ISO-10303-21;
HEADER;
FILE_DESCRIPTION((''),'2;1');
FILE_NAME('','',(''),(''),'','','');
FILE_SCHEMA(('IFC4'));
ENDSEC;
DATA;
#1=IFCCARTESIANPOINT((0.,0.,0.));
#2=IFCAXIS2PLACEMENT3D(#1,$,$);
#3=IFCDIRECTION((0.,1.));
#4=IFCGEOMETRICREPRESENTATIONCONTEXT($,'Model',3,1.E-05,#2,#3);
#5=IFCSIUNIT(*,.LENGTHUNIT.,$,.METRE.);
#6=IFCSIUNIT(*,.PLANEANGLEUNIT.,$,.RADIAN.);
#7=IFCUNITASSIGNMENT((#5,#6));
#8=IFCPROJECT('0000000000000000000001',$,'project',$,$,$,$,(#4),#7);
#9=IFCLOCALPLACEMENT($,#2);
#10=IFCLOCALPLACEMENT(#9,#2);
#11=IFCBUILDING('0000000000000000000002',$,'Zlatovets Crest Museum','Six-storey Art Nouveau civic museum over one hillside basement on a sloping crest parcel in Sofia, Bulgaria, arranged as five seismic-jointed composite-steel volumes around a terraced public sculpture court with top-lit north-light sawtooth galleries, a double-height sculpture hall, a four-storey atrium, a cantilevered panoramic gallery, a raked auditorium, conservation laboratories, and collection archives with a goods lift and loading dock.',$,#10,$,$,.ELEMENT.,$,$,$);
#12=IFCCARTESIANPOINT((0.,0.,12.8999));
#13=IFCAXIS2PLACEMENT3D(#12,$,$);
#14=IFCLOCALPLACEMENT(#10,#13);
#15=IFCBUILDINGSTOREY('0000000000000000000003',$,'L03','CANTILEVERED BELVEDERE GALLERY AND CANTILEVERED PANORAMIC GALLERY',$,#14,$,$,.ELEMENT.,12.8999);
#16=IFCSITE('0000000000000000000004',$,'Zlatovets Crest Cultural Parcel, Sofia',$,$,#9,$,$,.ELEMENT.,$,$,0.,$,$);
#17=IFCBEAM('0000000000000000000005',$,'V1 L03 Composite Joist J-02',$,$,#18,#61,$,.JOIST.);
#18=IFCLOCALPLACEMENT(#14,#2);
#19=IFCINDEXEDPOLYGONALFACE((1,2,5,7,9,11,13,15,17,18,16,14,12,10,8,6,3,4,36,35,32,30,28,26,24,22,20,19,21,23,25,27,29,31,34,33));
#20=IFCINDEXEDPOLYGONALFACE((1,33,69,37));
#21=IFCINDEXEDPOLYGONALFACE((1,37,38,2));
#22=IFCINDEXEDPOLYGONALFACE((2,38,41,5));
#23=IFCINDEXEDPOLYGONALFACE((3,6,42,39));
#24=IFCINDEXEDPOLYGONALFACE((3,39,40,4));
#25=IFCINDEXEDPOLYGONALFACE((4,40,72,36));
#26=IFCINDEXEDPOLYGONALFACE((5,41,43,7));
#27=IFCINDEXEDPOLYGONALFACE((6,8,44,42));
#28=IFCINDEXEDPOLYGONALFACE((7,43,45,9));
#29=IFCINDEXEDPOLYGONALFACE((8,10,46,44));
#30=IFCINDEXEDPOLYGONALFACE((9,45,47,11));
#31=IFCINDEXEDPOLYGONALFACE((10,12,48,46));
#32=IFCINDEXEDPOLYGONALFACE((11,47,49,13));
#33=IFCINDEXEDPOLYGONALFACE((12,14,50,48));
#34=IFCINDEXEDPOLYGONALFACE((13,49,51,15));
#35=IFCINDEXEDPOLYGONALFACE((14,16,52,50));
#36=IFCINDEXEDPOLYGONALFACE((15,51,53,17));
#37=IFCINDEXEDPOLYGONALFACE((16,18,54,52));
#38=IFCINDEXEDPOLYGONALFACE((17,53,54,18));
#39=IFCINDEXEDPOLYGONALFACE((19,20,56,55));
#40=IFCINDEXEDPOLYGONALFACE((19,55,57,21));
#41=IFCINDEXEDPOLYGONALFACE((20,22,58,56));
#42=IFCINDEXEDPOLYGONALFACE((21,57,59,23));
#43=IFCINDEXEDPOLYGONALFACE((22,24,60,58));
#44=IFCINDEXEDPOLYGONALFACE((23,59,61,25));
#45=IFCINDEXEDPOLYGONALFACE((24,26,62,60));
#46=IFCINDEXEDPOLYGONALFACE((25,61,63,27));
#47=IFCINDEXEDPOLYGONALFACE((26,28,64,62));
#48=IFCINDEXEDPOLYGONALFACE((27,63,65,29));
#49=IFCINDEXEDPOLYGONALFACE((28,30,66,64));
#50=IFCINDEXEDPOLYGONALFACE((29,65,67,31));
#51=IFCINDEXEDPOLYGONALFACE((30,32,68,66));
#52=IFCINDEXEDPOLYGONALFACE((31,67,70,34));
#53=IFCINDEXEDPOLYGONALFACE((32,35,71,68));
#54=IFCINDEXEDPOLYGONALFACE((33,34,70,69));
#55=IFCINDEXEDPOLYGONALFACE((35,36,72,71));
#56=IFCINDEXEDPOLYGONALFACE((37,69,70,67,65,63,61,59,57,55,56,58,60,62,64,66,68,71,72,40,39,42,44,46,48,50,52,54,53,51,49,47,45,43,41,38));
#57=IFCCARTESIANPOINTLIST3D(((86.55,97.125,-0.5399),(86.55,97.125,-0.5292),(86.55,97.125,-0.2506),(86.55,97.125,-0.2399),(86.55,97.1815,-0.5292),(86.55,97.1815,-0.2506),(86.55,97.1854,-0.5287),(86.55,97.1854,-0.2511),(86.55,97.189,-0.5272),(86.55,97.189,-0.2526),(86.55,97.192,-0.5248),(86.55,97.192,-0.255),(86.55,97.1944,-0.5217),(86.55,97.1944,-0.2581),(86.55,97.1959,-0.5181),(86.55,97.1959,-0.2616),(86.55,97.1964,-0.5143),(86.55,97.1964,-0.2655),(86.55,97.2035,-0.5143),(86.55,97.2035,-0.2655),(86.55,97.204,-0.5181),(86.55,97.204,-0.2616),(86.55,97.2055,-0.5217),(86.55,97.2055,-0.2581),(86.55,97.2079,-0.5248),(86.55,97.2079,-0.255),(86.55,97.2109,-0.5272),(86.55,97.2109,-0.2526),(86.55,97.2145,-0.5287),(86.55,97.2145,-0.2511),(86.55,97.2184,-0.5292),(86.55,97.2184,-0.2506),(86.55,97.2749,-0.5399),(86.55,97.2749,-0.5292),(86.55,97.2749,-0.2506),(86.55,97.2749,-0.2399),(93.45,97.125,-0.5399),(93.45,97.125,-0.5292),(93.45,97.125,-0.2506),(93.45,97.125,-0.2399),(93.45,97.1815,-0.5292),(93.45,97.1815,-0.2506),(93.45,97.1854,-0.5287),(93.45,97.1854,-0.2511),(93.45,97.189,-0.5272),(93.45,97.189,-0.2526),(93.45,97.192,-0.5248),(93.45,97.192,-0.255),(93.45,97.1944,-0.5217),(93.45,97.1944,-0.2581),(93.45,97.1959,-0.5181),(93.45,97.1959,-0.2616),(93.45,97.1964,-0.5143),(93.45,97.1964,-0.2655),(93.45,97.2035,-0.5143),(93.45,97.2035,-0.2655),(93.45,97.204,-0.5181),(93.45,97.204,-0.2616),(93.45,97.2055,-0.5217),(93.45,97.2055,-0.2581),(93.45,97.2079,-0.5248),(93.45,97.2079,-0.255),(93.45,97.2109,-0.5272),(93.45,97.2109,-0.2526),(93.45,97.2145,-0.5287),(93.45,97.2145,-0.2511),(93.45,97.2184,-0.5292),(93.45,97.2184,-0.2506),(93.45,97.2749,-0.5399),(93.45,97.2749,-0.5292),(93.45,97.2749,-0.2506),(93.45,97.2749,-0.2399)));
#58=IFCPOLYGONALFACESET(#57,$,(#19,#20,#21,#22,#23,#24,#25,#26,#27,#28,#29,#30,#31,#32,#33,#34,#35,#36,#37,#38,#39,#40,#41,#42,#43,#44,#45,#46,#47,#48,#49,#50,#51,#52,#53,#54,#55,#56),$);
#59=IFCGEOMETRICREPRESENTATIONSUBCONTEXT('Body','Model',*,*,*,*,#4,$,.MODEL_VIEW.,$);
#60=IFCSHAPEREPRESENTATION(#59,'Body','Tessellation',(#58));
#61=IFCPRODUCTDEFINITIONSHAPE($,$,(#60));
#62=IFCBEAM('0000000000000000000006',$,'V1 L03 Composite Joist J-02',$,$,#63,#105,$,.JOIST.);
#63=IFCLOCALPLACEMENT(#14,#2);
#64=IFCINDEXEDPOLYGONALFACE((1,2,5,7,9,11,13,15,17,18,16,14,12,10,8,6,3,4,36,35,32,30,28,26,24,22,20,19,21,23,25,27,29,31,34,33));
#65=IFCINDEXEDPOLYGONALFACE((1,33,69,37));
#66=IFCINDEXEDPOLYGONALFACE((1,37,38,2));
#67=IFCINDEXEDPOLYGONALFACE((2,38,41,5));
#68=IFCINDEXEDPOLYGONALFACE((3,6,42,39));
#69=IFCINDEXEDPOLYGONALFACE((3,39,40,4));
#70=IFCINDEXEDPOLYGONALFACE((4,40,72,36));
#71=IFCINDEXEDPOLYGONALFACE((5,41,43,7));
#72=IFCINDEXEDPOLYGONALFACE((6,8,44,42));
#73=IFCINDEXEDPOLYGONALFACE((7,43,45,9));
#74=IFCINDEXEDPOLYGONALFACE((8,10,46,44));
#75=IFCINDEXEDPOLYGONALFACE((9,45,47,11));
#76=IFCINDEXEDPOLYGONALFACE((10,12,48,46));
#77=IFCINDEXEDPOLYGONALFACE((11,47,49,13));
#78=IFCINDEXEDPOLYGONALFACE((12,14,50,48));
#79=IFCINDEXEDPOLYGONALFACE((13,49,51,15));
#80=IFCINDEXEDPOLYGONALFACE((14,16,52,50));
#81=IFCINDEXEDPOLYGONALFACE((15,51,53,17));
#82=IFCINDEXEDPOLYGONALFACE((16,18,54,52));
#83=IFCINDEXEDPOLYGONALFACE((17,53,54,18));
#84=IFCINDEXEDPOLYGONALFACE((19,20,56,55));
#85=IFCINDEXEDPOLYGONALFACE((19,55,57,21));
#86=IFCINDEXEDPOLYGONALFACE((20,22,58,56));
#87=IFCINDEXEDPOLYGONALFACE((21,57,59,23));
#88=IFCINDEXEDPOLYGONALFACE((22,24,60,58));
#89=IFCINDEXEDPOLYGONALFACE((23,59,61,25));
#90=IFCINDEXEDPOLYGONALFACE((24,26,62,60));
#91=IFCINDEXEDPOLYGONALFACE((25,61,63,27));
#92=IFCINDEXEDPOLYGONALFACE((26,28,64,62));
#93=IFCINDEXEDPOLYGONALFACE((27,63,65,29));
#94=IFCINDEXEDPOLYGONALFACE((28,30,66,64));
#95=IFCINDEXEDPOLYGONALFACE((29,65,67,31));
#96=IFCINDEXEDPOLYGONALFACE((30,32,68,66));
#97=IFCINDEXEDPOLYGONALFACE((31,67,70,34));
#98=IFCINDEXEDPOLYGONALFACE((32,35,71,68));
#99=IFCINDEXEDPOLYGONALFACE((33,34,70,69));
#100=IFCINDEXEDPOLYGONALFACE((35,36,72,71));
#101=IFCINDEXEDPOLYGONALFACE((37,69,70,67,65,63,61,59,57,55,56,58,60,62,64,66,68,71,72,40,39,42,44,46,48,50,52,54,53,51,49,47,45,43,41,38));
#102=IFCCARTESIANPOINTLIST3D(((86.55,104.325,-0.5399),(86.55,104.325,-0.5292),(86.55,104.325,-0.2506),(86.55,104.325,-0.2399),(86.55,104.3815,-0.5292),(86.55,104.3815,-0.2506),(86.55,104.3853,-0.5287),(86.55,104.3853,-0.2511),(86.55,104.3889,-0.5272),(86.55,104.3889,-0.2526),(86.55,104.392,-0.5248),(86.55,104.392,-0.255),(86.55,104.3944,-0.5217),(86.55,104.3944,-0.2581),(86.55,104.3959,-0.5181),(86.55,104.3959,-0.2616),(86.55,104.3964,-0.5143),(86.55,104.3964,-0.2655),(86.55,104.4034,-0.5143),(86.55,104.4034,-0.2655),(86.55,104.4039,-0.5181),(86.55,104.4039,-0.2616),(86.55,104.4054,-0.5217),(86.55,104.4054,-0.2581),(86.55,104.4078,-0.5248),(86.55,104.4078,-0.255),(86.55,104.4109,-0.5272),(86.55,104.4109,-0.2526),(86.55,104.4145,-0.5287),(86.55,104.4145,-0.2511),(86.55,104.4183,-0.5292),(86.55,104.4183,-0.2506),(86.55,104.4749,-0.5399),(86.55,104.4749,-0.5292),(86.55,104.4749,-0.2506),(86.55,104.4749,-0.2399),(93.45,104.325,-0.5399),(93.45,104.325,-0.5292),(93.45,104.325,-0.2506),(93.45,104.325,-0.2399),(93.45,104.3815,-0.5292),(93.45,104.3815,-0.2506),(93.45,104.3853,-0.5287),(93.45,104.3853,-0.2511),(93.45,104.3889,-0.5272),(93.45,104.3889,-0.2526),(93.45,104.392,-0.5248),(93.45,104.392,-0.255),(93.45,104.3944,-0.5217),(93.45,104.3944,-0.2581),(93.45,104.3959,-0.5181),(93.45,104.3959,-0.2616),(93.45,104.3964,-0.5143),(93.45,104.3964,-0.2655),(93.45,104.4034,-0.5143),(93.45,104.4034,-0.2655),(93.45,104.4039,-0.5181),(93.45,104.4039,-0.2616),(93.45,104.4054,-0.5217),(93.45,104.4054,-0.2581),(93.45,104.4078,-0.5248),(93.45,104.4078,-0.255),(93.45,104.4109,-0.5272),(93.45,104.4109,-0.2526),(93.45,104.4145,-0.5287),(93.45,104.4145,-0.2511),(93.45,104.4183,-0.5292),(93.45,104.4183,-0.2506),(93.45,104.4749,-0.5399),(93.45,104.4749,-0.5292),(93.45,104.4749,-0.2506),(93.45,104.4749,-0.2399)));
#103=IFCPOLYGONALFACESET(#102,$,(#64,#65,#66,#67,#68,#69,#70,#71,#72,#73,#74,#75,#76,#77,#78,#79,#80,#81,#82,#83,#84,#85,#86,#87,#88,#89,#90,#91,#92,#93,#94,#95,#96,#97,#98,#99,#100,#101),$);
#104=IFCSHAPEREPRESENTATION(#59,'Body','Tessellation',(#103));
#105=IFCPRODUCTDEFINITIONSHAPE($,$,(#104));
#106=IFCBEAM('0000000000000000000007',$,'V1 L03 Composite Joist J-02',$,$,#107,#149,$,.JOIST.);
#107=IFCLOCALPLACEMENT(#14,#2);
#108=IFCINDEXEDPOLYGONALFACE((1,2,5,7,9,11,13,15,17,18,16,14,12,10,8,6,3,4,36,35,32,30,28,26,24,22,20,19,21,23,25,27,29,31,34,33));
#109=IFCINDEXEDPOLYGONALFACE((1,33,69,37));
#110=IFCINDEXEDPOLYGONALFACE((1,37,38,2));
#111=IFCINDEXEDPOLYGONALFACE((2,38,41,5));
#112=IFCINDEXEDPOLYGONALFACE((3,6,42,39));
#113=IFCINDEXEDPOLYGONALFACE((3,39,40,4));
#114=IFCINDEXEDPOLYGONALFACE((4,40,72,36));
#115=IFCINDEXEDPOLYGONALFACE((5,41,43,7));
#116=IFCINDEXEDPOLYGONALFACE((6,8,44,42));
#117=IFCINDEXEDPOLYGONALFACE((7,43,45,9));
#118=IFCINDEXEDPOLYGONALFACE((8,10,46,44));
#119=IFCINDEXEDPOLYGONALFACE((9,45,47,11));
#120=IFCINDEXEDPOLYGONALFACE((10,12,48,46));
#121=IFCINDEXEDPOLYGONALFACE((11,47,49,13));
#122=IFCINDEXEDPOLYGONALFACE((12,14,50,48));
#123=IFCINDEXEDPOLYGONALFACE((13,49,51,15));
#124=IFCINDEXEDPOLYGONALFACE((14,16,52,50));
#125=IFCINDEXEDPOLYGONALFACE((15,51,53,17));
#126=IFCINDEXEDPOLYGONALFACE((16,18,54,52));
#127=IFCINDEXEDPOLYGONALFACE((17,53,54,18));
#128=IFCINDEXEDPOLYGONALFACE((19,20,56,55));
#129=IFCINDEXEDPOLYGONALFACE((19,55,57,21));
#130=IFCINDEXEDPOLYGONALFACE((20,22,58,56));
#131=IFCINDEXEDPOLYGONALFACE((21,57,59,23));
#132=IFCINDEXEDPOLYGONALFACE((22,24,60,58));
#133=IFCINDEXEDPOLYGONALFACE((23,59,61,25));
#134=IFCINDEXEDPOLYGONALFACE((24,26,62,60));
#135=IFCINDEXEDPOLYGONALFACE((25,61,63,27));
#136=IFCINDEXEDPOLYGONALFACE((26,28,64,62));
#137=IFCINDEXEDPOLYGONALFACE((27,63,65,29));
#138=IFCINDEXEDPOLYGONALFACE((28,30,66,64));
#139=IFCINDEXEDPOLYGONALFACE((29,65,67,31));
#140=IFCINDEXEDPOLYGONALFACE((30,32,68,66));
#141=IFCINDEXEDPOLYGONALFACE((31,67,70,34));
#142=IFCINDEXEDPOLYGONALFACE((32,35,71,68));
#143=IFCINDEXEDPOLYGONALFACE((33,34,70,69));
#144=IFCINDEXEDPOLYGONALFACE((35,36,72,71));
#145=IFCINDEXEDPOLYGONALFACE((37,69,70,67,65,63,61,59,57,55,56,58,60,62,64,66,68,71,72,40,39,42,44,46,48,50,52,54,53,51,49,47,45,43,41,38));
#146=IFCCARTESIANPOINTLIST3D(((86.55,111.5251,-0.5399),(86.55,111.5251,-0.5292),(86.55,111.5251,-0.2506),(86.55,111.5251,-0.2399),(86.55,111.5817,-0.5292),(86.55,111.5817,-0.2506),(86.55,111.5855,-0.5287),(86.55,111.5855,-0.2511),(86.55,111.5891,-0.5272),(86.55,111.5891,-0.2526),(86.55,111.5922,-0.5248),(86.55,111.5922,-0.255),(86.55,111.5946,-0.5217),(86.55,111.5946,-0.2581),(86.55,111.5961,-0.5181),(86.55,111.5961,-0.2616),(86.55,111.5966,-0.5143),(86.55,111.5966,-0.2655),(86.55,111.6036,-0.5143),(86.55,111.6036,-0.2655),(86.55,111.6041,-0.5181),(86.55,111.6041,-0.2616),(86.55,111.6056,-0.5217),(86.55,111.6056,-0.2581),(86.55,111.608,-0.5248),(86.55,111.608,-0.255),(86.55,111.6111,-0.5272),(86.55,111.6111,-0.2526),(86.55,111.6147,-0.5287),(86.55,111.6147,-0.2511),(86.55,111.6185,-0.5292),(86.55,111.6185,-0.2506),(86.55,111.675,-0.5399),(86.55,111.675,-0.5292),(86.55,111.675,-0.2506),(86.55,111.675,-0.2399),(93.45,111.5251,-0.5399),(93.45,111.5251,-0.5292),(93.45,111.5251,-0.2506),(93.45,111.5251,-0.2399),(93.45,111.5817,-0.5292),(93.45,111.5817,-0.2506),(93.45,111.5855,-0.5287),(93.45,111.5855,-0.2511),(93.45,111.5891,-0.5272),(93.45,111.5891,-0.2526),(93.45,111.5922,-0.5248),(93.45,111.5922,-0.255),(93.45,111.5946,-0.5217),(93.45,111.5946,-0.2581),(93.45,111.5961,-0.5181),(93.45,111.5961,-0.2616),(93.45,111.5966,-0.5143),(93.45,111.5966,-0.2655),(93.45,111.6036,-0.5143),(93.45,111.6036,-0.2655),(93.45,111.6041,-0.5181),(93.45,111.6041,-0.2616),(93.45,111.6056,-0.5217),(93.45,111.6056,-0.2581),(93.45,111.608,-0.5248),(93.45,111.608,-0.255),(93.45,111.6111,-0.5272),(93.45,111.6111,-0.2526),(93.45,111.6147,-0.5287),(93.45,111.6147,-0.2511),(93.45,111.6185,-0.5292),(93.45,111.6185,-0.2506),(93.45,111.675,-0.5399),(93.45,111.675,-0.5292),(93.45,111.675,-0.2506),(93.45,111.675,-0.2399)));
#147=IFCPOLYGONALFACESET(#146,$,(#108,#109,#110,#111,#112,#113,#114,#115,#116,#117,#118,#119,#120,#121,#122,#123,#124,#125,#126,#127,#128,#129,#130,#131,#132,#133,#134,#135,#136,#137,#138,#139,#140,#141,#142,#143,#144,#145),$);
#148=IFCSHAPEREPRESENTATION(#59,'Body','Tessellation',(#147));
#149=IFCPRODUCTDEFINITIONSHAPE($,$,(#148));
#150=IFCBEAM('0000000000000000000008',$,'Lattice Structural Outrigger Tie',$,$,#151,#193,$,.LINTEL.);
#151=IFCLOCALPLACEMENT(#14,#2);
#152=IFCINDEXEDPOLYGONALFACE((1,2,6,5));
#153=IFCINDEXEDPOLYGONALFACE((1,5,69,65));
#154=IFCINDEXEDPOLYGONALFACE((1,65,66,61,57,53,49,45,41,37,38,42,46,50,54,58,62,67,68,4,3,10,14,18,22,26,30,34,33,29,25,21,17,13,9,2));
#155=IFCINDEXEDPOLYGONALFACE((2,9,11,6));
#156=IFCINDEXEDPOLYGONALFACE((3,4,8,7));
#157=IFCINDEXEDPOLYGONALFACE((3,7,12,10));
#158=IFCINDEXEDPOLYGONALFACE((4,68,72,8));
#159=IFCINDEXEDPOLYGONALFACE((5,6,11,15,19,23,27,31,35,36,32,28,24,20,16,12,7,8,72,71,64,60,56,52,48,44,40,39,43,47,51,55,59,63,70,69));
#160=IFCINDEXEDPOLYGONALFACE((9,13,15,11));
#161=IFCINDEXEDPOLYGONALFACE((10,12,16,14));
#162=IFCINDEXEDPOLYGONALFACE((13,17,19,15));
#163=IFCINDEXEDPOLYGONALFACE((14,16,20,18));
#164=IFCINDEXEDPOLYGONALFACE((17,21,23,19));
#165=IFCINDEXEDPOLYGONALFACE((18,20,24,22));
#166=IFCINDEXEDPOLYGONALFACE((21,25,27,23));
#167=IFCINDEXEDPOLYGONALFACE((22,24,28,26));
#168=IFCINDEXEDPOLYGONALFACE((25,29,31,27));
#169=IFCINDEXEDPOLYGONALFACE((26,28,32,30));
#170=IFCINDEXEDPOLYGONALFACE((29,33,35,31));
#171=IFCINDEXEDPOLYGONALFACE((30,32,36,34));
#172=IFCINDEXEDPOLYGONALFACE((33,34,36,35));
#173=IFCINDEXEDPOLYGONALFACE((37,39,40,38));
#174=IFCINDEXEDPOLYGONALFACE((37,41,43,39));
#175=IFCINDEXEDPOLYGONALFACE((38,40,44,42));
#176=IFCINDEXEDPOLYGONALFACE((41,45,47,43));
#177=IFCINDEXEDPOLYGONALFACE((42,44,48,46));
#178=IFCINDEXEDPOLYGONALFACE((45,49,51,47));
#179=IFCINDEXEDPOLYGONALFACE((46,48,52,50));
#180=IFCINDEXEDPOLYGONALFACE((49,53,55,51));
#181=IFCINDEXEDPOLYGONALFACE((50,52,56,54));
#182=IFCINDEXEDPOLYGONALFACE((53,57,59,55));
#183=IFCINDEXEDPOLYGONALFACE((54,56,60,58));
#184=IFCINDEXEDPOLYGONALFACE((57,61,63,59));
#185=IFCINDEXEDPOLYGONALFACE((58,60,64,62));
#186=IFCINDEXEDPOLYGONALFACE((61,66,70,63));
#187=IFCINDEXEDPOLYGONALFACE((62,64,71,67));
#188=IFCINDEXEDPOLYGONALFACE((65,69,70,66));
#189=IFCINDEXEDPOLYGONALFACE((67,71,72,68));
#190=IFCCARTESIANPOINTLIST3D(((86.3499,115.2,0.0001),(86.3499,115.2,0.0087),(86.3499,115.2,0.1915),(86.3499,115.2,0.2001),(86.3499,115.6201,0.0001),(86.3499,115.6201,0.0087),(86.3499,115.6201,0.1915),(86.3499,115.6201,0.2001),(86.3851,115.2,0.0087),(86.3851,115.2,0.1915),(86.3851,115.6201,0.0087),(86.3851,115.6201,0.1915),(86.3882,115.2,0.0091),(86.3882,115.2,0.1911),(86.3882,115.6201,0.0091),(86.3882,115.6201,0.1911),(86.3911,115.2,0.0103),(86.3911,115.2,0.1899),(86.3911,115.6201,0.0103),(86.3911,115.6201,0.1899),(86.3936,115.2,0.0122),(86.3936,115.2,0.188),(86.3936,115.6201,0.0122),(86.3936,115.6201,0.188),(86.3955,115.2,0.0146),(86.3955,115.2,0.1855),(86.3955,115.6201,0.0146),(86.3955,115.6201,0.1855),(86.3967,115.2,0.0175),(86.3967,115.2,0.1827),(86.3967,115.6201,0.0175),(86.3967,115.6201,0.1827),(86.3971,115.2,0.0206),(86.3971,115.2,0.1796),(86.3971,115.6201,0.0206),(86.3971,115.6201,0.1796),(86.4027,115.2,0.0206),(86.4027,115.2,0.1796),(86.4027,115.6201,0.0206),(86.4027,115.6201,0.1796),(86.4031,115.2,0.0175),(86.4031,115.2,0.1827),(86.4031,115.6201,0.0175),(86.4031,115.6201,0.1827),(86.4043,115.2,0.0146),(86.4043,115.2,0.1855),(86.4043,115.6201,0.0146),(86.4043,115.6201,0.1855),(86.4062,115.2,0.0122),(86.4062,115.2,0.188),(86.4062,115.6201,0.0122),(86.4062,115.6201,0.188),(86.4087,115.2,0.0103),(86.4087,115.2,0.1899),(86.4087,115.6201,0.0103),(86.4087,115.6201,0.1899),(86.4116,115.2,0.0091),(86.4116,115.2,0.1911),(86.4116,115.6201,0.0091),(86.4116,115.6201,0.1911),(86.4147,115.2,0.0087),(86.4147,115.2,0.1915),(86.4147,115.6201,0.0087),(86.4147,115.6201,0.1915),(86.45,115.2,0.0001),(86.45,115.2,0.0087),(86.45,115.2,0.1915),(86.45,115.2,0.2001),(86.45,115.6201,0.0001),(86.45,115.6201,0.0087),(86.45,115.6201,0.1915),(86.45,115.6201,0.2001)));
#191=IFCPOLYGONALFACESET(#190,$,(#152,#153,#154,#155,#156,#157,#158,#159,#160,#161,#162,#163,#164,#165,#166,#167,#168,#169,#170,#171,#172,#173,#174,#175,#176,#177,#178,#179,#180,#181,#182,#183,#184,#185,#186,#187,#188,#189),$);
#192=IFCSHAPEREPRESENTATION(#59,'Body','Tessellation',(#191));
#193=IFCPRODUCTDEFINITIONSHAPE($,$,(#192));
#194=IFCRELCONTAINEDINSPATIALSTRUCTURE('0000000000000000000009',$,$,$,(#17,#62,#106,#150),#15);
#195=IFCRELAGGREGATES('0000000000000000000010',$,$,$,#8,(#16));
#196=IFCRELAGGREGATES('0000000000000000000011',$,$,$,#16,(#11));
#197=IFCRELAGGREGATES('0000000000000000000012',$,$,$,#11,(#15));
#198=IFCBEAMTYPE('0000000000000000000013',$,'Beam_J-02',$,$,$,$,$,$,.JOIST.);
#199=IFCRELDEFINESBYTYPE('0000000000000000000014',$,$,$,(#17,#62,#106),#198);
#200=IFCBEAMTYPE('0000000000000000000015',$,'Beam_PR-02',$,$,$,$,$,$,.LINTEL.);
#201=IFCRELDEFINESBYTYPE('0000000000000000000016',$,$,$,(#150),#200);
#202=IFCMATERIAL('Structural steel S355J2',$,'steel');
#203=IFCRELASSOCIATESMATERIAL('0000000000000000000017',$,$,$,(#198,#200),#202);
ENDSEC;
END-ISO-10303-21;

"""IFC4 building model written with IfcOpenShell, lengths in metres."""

from ifc_helpers import new_model, si_unit, direction, frame, origin, origin_2d, place, context, subcontext, project, spatial, i_section, extrude, material, material_profile, profile_set, type_object, element, save


model = new_model("IFC4")

# Units and contexts
model_context = context("Model", 3, precision=1e-05, world=origin(), true_north=direction((0.0, 1.0)))
body_context = subcontext(model_context, "Body", "Model", "MODEL_VIEW")
ifc_project = project(units=[si_unit("LENGTHUNIT", "METRE"), si_unit("PLANEANGLEUNIT", "RADIAN")], contexts=[model_context])

# Site, building, storey
site_placement = place(None, origin())
site = spatial("IfcSite", under=ifc_project, at=site_placement, Name="Zlatovets Crest Cultural Parcel, Sofia", CompositionType="ELEMENT", RefElevation=0.0)
building_placement = place(site_placement, origin())
building = spatial("IfcBuilding", under=site, at=building_placement, Name="Zlatovets Crest Museum", Description="Six-storey Art Nouveau civic museum over one hillside basement on a sloping crest parcel in Sofia, Bulgaria, arranged as five seismic-jointed composite-steel volumes around a terraced public sculpture court with top-lit north-light sawtooth galleries, a double-height sculpture hall, a four-storey atrium, a cantilevered panoramic gallery, a raked auditorium, conservation laboratories, and collection archives with a goods lift and loading dock.", CompositionType="ELEMENT")
storey_placement = place(building_placement, frame((0.0, 0.0, 12.8999)))
storey = spatial("IfcBuildingStorey", under=building, at=storey_placement, Name="L03", Description="CANTILEVERED BELVEDERE GALLERY AND CANTILEVERED PANORAMIC GALLERY", CompositionType="ELEMENT", Elevation=12.8999)

# Shared definitions
ifc_material_1 = material(Name="Structural steel S355J2", Category="steel")

# Beams
ifc_material_profile_1 = material_profile(ifc_material_1, i_section(OverallWidth=0.1499, OverallDepth=0.3, WebThickness=0.0071, FlangeThickness=0.0107, FilletRadius=0.0149, at=origin_2d()), Name="IPE 300")
ifc_profile_set_1 = profile_set([ifc_material_profile_1], Name="Structural steel S355J2")
beam_type_1 = type_object("IfcBeamType", Name="Beam_J-02", PredefinedType="JOIST", material=ifc_profile_set_1)
for number, where, z_axis, x_axis, name in (
    (1, (86.55, 97.2, -0.3899), (1.0, 0.0, 0.0), (0.0, 1.0, 0.0), "V1 L03 Composite Joist J-02"),
    (2, (86.55, 104.3999, -0.3899), (1.0, 0.0, 0.0), (0.0, 1.0, 0.0), "V1 L03 Composite Joist J-02"),
    (3, (86.55, 111.6001, -0.3899), (1.0, 0.0, 0.0), (0.0, 1.0, 0.0), "V1 L03 Composite Joist J-02"),
):
    element("IfcBeam", number, at=place(storey_placement, frame(where, z_axis=z_axis, x_axis=x_axis)), inside=storey, type_object=beam_type_1, Name=name, PredefinedType="JOIST", context=body_context, shape_type="SweptSolid", body=[
        extrude(i_section(OverallWidth=0.1499, OverallDepth=0.3, WebThickness=0.0071, FlangeThickness=0.0107, FilletRadius=0.0149, at=origin_2d()), origin(), (0.0, 0.0, 1.0), 6.8999),
    ])
ifc_material_profile_2 = material_profile(ifc_material_1, i_section(OverallWidth=0.1001, OverallDepth=0.2, WebThickness=0.0056, FlangeThickness=0.0085, FilletRadius=0.012, at=origin_2d()), Name="IPE 200")
ifc_profile_set_2 = profile_set([ifc_material_profile_2], Name="Structural steel S355J2")
beam_type_2 = type_object("IfcBeamType", Name="Beam_PR-02", PredefinedType="LINTEL", material=ifc_profile_set_2)
for number, where, z_axis, x_axis, name in (
    (4, (86.3999, 115.2, 0.1001), (0.0, 1.0, 0.0), (-1.0, 0.0, 0.0), "Lattice Structural Outrigger Tie"),
):
    element("IfcBeam", number, at=place(storey_placement, frame(where, z_axis=z_axis, x_axis=x_axis)), inside=storey, type_object=beam_type_2, Name=name, PredefinedType="LINTEL", context=body_context, shape_type="SweptSolid", body=[
        extrude(i_section(OverallWidth=0.1001, OverallDepth=0.2, WebThickness=0.0056, FlangeThickness=0.0085, FilletRadius=0.012, at=origin_2d()), origin(), (0.0, 0.0, 1.0), 0.4202),
    ])

save(model, "model.ifc")
